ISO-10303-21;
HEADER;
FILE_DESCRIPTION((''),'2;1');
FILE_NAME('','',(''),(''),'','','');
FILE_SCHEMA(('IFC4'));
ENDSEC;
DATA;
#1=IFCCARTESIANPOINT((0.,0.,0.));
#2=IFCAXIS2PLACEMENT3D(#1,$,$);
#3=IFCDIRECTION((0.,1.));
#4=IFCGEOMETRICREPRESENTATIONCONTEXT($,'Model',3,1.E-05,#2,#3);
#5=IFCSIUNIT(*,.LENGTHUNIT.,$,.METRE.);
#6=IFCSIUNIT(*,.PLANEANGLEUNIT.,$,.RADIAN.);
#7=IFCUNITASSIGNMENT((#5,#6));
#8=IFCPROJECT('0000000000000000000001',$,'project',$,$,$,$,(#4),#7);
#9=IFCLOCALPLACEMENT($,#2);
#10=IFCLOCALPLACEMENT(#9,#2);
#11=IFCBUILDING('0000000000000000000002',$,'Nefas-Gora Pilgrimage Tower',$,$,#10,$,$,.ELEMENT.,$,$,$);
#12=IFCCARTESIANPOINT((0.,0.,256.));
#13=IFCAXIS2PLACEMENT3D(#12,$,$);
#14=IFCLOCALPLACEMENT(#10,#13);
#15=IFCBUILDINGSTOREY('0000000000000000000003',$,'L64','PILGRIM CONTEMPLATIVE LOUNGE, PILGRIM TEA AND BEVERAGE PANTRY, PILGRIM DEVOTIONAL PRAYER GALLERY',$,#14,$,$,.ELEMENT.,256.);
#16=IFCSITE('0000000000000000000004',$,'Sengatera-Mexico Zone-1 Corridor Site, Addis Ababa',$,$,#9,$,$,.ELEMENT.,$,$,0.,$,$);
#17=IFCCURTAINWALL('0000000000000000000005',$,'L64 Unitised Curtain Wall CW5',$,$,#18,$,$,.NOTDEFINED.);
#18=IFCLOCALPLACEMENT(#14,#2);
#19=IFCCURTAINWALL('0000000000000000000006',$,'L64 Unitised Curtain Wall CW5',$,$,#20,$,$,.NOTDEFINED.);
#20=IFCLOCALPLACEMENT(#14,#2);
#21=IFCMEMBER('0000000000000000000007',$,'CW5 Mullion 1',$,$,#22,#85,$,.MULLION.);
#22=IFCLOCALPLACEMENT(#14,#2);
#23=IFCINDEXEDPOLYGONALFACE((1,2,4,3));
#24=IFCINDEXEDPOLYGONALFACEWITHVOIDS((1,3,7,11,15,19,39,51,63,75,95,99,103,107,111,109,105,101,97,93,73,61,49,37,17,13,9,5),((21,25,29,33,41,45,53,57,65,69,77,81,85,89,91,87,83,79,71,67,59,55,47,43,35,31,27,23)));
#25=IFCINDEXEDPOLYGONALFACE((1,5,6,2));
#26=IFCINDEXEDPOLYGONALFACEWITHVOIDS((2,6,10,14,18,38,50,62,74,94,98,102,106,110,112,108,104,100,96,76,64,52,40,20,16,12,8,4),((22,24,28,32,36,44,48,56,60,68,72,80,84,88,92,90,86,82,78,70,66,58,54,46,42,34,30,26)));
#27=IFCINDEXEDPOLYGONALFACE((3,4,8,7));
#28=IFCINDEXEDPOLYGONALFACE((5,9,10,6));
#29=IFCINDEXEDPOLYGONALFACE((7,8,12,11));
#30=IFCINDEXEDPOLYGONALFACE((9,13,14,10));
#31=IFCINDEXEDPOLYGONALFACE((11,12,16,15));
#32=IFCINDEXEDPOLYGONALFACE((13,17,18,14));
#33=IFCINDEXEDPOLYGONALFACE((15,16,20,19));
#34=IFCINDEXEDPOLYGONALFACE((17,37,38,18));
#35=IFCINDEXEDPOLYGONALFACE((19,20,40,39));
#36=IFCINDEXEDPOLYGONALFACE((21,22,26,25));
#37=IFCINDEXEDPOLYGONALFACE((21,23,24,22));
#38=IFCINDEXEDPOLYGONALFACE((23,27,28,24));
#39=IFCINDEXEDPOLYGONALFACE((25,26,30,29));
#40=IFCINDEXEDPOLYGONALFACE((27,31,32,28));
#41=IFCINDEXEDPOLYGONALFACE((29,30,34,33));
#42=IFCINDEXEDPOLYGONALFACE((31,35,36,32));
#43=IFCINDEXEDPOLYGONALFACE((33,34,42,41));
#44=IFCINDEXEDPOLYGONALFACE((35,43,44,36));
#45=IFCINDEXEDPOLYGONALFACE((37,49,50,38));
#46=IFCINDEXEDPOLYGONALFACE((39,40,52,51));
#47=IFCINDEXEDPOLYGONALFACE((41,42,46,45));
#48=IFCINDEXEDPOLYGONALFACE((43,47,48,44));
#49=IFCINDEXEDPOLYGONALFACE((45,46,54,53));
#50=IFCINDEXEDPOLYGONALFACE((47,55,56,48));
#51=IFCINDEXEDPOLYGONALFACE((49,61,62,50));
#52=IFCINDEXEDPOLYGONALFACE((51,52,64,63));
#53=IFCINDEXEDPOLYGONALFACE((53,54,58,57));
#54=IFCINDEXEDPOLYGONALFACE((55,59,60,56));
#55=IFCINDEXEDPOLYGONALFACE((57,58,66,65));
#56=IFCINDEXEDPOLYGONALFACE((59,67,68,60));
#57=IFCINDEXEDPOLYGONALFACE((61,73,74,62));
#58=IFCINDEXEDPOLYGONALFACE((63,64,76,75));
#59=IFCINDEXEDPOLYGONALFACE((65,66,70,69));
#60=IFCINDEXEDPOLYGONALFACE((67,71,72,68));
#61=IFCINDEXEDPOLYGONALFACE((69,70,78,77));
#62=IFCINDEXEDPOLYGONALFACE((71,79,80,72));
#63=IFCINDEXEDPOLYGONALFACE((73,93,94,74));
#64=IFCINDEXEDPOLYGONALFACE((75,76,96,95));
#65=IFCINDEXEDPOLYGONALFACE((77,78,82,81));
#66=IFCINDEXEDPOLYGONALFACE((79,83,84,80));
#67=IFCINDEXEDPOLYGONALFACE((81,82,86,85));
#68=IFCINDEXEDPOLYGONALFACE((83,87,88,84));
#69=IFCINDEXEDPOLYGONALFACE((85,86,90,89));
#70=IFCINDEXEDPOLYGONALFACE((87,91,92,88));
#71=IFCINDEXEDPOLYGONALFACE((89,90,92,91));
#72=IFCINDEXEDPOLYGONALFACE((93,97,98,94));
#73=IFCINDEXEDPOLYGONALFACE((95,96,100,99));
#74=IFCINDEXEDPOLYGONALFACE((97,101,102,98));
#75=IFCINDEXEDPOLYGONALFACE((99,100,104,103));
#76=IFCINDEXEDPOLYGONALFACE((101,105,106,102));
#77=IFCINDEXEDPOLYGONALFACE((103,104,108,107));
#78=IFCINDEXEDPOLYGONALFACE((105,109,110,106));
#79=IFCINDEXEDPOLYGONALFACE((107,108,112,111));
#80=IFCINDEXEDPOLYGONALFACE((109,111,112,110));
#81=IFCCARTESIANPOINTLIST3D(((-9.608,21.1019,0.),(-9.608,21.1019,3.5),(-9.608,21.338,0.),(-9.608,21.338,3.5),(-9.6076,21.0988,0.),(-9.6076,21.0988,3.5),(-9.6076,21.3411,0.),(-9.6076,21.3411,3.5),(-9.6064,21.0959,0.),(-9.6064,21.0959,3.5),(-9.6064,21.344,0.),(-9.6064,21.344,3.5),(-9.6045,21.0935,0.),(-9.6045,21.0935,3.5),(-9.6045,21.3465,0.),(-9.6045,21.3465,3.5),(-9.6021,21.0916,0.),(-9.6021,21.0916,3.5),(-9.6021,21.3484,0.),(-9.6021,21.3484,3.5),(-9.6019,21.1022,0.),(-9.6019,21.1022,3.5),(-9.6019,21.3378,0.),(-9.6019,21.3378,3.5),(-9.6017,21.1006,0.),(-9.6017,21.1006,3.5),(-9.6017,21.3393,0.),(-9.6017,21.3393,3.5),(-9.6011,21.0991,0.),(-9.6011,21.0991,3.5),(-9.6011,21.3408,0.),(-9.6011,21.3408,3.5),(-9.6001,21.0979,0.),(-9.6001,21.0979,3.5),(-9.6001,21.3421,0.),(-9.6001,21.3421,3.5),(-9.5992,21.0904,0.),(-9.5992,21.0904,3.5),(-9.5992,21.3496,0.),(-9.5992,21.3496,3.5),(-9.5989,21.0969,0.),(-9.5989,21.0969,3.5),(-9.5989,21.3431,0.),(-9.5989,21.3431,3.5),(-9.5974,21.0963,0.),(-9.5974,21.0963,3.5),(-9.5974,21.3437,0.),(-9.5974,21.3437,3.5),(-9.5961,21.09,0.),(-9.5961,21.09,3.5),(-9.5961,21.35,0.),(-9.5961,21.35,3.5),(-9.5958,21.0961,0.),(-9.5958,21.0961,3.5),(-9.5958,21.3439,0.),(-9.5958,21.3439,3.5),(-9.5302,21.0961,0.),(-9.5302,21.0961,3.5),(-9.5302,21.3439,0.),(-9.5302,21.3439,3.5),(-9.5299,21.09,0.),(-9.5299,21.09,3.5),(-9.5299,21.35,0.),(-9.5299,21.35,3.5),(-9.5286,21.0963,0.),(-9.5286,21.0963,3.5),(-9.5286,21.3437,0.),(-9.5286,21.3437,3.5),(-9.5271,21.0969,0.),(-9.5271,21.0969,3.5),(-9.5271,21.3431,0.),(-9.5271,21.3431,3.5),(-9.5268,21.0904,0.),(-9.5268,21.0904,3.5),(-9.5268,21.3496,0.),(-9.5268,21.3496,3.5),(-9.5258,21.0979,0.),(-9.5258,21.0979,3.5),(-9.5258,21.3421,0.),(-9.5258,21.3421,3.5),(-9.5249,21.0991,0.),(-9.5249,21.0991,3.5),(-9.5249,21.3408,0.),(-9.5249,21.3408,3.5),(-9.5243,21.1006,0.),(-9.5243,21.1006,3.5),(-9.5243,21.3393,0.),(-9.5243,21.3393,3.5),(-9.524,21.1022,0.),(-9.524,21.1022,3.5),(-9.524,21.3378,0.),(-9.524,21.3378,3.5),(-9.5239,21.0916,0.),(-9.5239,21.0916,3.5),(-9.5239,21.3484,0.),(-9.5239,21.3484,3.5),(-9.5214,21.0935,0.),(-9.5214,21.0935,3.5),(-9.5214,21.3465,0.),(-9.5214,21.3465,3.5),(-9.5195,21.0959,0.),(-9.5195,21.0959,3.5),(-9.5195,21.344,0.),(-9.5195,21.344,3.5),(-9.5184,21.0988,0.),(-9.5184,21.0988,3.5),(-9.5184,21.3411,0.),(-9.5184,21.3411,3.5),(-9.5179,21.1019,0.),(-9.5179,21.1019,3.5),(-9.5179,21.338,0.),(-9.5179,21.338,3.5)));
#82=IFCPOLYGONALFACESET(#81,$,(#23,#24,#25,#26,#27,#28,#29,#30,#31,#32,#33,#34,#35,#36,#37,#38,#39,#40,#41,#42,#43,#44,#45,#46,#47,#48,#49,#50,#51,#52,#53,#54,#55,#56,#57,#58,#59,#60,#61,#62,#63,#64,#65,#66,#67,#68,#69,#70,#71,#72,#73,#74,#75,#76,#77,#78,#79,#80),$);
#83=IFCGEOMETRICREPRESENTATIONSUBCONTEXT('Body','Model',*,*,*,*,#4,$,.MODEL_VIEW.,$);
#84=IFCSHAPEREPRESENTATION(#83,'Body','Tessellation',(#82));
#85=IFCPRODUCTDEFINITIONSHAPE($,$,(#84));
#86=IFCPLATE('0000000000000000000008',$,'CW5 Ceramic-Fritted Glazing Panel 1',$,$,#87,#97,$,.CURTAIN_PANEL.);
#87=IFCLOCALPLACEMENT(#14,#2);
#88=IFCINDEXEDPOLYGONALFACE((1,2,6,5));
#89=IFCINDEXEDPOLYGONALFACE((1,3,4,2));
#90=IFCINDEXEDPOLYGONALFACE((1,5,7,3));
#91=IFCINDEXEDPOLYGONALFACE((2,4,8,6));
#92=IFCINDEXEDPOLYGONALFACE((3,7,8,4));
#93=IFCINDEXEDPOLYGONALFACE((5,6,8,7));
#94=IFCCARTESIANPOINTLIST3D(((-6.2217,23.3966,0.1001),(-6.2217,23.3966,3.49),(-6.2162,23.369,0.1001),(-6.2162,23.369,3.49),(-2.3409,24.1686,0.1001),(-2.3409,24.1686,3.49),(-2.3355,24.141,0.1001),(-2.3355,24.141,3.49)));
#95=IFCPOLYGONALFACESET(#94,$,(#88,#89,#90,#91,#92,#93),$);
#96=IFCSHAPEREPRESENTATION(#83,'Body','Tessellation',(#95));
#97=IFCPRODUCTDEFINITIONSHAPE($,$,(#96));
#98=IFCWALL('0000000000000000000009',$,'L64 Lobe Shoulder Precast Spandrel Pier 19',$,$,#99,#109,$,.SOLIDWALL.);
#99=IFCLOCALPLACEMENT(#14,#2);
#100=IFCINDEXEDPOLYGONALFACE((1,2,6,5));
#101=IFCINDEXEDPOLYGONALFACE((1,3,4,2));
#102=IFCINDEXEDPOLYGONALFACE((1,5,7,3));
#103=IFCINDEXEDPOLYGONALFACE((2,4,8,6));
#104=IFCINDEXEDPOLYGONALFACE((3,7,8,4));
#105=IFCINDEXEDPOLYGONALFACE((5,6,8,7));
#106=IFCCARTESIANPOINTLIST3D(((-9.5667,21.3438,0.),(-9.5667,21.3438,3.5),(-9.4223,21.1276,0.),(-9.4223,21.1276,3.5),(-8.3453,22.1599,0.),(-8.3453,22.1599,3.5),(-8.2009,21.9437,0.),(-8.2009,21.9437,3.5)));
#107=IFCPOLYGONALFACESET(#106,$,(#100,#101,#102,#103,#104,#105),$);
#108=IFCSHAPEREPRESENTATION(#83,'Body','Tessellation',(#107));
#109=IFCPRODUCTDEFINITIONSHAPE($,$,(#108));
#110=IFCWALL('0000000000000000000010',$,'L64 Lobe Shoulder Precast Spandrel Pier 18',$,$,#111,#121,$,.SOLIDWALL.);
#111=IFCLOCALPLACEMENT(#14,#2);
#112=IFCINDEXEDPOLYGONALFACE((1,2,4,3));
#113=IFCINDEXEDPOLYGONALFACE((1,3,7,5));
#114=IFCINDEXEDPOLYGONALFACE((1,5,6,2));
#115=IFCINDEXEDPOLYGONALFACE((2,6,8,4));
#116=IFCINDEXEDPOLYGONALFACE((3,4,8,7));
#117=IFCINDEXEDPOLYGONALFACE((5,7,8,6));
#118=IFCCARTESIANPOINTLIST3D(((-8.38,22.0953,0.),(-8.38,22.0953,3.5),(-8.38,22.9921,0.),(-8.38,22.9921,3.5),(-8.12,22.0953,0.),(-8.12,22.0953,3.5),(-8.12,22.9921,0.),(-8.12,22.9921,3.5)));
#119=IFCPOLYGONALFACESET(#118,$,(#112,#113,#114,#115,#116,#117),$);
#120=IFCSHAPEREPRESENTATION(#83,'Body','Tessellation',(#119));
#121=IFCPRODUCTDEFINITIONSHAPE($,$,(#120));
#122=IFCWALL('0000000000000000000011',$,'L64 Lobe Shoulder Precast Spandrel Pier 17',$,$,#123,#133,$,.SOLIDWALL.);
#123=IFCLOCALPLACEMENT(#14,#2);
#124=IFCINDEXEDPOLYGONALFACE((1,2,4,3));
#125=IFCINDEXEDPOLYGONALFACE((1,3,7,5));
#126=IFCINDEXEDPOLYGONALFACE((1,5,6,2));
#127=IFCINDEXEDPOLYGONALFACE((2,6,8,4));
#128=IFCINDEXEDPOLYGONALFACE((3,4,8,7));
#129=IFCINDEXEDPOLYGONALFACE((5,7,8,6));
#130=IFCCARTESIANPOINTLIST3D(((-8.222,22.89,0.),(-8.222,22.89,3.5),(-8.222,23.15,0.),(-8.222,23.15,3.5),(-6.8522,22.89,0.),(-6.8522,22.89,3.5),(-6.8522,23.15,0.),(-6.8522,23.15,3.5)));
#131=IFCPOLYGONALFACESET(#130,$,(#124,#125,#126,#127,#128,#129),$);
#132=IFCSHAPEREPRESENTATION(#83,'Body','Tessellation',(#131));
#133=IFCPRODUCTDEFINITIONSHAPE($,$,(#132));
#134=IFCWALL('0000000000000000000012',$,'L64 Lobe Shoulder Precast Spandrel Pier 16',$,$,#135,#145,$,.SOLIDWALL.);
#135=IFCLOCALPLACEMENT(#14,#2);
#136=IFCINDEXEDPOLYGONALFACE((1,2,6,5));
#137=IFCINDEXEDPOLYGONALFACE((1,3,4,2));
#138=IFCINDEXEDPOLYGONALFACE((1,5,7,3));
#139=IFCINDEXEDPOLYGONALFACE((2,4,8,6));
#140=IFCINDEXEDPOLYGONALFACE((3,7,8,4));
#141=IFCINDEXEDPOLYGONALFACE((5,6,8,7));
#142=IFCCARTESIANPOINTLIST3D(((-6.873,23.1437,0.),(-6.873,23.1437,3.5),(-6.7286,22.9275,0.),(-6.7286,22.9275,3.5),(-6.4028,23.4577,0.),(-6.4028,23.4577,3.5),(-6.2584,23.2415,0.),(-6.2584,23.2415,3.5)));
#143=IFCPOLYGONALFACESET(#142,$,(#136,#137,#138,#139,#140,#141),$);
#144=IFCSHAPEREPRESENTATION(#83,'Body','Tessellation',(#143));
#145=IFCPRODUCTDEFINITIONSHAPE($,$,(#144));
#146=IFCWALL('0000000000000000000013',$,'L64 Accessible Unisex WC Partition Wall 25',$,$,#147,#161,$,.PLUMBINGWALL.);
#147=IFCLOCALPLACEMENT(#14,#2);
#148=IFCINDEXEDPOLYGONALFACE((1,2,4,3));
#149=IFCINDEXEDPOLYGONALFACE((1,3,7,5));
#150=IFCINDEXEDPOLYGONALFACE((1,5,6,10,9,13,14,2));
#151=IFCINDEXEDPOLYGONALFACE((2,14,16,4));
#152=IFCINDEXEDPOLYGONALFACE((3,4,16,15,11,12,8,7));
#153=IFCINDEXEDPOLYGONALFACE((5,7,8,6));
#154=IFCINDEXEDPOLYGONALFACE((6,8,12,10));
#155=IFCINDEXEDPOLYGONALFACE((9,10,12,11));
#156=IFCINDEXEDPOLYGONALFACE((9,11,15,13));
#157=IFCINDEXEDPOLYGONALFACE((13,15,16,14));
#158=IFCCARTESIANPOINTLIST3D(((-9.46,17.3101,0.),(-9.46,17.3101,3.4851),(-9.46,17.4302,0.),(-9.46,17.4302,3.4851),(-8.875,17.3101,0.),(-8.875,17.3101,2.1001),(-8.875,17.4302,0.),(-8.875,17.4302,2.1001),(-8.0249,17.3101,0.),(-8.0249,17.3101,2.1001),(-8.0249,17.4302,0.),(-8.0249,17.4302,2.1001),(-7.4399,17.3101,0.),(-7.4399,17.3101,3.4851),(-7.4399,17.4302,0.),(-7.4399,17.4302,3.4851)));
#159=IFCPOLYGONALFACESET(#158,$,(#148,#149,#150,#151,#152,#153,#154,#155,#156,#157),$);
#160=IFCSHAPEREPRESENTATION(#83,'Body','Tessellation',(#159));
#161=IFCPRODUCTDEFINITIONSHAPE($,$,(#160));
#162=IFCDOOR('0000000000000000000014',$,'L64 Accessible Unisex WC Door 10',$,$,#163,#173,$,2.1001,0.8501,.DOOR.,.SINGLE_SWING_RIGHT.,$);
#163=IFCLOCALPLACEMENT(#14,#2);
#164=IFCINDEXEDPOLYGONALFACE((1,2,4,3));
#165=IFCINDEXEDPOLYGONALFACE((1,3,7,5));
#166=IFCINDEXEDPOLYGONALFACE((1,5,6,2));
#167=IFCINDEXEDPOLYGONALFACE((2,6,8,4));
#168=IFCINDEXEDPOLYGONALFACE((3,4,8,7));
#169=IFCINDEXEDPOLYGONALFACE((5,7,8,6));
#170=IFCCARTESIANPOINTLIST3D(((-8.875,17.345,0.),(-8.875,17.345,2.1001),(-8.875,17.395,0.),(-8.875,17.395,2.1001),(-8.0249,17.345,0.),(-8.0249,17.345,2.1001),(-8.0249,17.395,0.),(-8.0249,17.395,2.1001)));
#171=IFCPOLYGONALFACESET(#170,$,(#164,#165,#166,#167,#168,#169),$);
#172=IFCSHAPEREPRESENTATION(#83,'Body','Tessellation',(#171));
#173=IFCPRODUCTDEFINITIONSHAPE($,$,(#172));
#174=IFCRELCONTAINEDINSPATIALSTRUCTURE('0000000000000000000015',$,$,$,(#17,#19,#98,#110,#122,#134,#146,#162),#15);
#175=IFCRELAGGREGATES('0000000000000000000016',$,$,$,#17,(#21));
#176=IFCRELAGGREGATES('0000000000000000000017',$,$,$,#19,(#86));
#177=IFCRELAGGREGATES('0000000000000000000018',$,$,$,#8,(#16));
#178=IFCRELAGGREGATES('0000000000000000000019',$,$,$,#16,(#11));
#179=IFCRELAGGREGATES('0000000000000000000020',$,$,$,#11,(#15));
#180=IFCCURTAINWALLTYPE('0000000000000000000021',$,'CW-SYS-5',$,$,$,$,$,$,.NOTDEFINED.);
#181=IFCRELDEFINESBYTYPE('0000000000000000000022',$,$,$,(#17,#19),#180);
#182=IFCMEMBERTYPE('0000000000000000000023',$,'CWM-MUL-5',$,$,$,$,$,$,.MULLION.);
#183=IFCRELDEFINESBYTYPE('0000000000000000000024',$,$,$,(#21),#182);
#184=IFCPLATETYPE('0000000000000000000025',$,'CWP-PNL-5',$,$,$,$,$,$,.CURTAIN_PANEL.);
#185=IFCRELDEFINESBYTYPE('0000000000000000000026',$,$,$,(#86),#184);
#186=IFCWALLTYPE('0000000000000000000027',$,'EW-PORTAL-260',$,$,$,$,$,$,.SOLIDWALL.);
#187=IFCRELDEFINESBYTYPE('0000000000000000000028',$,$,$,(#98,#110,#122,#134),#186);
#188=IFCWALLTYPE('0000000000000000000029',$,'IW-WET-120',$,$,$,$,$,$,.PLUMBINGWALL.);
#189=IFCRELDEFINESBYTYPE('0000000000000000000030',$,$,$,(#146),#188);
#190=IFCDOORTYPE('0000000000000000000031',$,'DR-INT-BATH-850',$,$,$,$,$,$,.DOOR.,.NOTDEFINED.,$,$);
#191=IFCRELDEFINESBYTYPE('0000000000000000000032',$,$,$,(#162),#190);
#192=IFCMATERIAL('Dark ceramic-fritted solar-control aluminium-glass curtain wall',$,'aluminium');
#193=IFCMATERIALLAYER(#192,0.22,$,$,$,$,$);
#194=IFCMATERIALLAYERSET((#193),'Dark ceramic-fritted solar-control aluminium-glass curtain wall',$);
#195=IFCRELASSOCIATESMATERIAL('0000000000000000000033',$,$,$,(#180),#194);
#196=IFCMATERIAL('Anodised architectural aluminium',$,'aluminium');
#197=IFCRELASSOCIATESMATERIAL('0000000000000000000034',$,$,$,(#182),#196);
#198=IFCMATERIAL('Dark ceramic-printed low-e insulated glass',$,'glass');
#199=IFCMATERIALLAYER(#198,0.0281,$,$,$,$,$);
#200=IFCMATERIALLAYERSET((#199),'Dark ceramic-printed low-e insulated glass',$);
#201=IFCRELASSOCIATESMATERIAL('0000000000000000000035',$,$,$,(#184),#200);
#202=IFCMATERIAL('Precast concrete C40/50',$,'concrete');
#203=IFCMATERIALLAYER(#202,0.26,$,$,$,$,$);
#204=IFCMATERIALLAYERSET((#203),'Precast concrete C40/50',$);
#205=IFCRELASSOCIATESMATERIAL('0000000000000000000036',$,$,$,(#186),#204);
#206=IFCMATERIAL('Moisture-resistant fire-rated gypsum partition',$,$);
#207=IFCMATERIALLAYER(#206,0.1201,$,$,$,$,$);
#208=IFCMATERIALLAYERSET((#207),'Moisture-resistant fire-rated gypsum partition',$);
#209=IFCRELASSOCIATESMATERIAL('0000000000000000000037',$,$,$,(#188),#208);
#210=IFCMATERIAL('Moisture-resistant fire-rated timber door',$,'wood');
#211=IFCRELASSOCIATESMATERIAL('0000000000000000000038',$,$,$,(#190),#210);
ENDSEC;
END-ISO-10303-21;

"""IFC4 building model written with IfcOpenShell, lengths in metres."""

from ifc_helpers import new_model, si_unit, direction, frame, frame_2d, origin, origin_2d, place, context, subcontext, project, spatial, rectangle, hollow_rectangle, extrude, source, transform, mapped, material, layer, layer_set, material_profile, profile_set, type_object, element, fill, aggregate, save


model = new_model("IFC4")

# Units and contexts
model_context = context("Model", 3, precision=1e-05, world=origin(), true_north=direction((0.0, 1.0)))
body_context = subcontext(model_context, "Body", "Model", "MODEL_VIEW")
ifc_project = project(units=[si_unit("LENGTHUNIT", "METRE"), si_unit("PLANEANGLEUNIT", "RADIAN")], contexts=[model_context])

# Site, building, storey
site_placement = place(None, origin())
site = spatial("IfcSite", under=ifc_project, at=site_placement, Name="Sengatera-Mexico Zone-1 Corridor Site, Addis Ababa", CompositionType="ELEMENT", RefElevation=0.0)
building_placement = place(site_placement, origin())
building = spatial("IfcBuilding", under=site, at=building_placement, Name="Nefas-Gora Pilgrimage Tower", CompositionType="ELEMENT")
storey_placement = place(building_placement, frame((0.0, 0.0, 256.0)))
storey = spatial("IfcBuildingStorey", under=building, at=storey_placement, Name="L64", Description="PILGRIM CONTEMPLATIVE LOUNGE, PILGRIM TEA AND BEVERAGE PANTRY, PILGRIM DEVOTIONAL PRAYER GALLERY", CompositionType="ELEMENT", Elevation=256.0)

# Curtain wall
ifc_material_1 = material(Name="Dark ceramic-fritted solar-control aluminium-glass curtain wall", Category="aluminium")
ifc_layer_1 = layer(ifc_material_1, 0.22)
ifc_layer_set_1 = layer_set([ifc_layer_1], Name="Dark ceramic-fritted solar-control aluminium-glass curtain wall")
curtain_wall_type = type_object("IfcCurtainWallType", Name="CW-SYS-5", PredefinedType="NOTDEFINED", material=ifc_layer_set_1)
curtain_wall_1_placement = place(storey_placement, origin())
curtain_wall_1 = element("IfcCurtainWall", 1, at=curtain_wall_1_placement, inside=storey, type_object=curtain_wall_type, Name="L64 Unitised Curtain Wall CW5", PredefinedType="NOTDEFINED")
ifc_material_2 = material(Name="Anodised architectural aluminium", Category="aluminium")

# Curtain wall
curtain_wall_2_placement = place(storey_placement, origin())
curtain_wall_2 = element("IfcCurtainWall", 2, at=curtain_wall_2_placement, inside=storey, type_object=curtain_wall_type, Name="L64 Unitised Curtain Wall CW5", PredefinedType="NOTDEFINED")
ifc_material_profile_1 = material_profile(ifc_material_2, hollow_rectangle(XDim=0.0901, YDim=0.26, WallThickness=0.0061, InnerFilletRadius=0.0061, OuterFilletRadius=0.012, at=origin_2d()), Name="ALU MULLION 90x260")
ifc_profile_set_1 = profile_set([ifc_material_profile_1], Name="Anodised architectural aluminium")
member_type_1 = type_object("IfcMemberType", Name="CWM-MUL-5", PredefinedType="MULLION", material=ifc_profile_set_1)
shared_shape_1 = source(origin(), body_context, "Body", "SweptSolid", [
    extrude(hollow_rectangle(XDim=0.0901, YDim=0.26, WallThickness=0.0061, InnerFilletRadius=0.0061, OuterFilletRadius=0.012, at=origin_2d()), origin(), (0.0, 0.0, 1.0), 3.5),
])

# Member
member_1_placement = place(storey_placement, frame((-9.563, 21.22, 0.0), z_axis=(0.0, 0.0, 1.0), x_axis=(-1.0, 0.0, 0.0)))
member_1 = element("IfcMember", 3, at=member_1_placement, type_object=member_type_1, Name="CW5 Mullion 1", PredefinedType="MULLION", context=body_context, shape_type="MappedRepresentation", body=[
    mapped(shared_shape_1, transform((0.0, 0.0, 0.0), x_axis=(1.0, 0.0, 0.0), y_axis=(0.0, 1.0, 0.0), z_axis=(0.0, 0.0, 1.0), scale=1.0)),
])
aggregate(curtain_wall_1, [member_1])

# Plate
ifc_material_3 = material(Name="Dark ceramic-printed low-e insulated glass", Category="glass")
ifc_layer_2 = layer(ifc_material_3, 0.0281)
ifc_layer_set_2 = layer_set([ifc_layer_2], Name="Dark ceramic-printed low-e insulated glass")
plate_type = type_object("IfcPlateType", Name="CWP-PNL-5", PredefinedType="CURTAIN_PANEL", material=ifc_layer_set_2)
shared_shape_2 = source(origin(), body_context, "Body", "SweptSolid", [
    extrude(rectangle(XDim=3.9568, YDim=0.0281, at=origin_2d()), origin(), (0.0, 0.0, 1.0), 3.3899),
])
plate_placement = place(storey_placement, frame((-4.2786, 23.7688, 0.1001), z_axis=(0.0, 0.0, 1.0), x_axis=(-0.980783, -0.195102, 0.0)))
plate = element("IfcPlate", 4, at=plate_placement, type_object=plate_type, Name="CW5 Ceramic-Fritted Glazing Panel 1", PredefinedType="CURTAIN_PANEL", context=body_context, shape_type="MappedRepresentation", body=[
    mapped(shared_shape_2, transform((0.0, 0.0, 0.0), x_axis=(1.0, 0.0, 0.0), y_axis=(0.0, 1.0, 0.0), z_axis=(0.0, 0.0, 1.0), scale=1.0)),
])
aggregate(curtain_wall_2, [plate])

# Walls
ifc_material_4 = material(Name="Precast concrete C40/50", Category="concrete")
ifc_layer_3 = layer(ifc_material_4, 0.26)
ifc_layer_set_3 = layer_set([ifc_layer_3], Name="Precast concrete C40/50")
wall_type_1 = type_object("IfcWallType", Name="EW-PORTAL-260", PredefinedType="SOLIDWALL", material=ifc_layer_set_3)
shared_shape_3 = source(origin(), body_context, "Body", "SweptSolid", [
    extrude(rectangle(XDim=1.469, YDim=0.26, at=frame_2d((0.7344, 0.0))), origin(), (0.0, 0.0, 1.0), 3.5),
])
wall_1_placement = place(storey_placement, frame((-8.2732, 22.0518, 0.0), z_axis=(0.0, 0.0, 1.0), x_axis=(-0.831462, -0.555582, 0.0)))
element("IfcWall", 5, at=wall_1_placement, inside=storey, type_object=wall_type_1, Name="L64 Lobe Shoulder Precast Spandrel Pier 19", PredefinedType="SOLIDWALL", context=body_context, shape_type="MappedRepresentation", body=[
    mapped(shared_shape_3, transform((0.0, 0.0, 0.0), x_axis=(1.0, 0.0, 0.0), y_axis=(0.0, 1.0, 0.0), z_axis=(0.0, 0.0, 1.0), scale=1.0)),
])
shared_shape_4 = source(origin(), body_context, "Body", "SweptSolid", [
    extrude(rectangle(XDim=0.8967, YDim=0.26, at=frame_2d((0.4482, 0.0))), origin(), (0.0, 0.0, 1.0), 3.5),
])
wall_2_placement = place(storey_placement, frame((-8.25, 22.9919, 0.0), z_axis=(0.0, 0.0, 1.0), x_axis=(0.0, -1.0, 0.0)))
element("IfcWall", 6, at=wall_2_placement, inside=storey, type_object=wall_type_1, Name="L64 Lobe Shoulder Precast Spandrel Pier 18", PredefinedType="SOLIDWALL", context=body_context, shape_type="MappedRepresentation", body=[
    mapped(shared_shape_4, transform((0.0, 0.0, 0.0), x_axis=(1.0, 0.0, 0.0), y_axis=(0.0, 1.0, 0.0), z_axis=(0.0, 0.0, 1.0), scale=1.0)),
])
shared_shape_5 = source(origin(), body_context, "Body", "SweptSolid", [
    extrude(rectangle(XDim=1.3699, YDim=0.26, at=frame_2d((0.6851, 0.0))), origin(), (0.0, 0.0, 1.0), 3.5),
])
wall_3_placement = place(storey_placement, frame((-6.8521, 23.02, 0.0), z_axis=(0.0, 0.0, 1.0), x_axis=(-1.0, 0.0, 0.0)))
element("IfcWall", 7, at=wall_3_placement, inside=storey, type_object=wall_type_1, Name="L64 Lobe Shoulder Precast Spandrel Pier 17", PredefinedType="SOLIDWALL", context=body_context, shape_type="MappedRepresentation", body=[
    mapped(shared_shape_5, transform((0.0, 0.0, 0.0), x_axis=(1.0, 0.0, 0.0), y_axis=(0.0, 1.0, 0.0), z_axis=(0.0, 0.0, 1.0), scale=1.0)),
])
shared_shape_6 = source(origin(), body_context, "Body", "SweptSolid", [
    extrude(rectangle(XDim=0.5654, YDim=0.26, at=frame_2d((0.2827, 0.0))), origin(), (0.0, 0.0, 1.0), 3.5),
])
wall_4_placement = place(storey_placement, frame((-6.3306, 23.3496, 0.0), z_axis=(0.0, 0.0, 1.0), x_axis=(-0.831651, -0.555298, 0.0)))
element("IfcWall", 8, at=wall_4_placement, inside=storey, type_object=wall_type_1, Name="L64 Lobe Shoulder Precast Spandrel Pier 16", PredefinedType="SOLIDWALL", context=body_context, shape_type="MappedRepresentation", body=[
    mapped(shared_shape_6, transform((0.0, 0.0, 0.0), x_axis=(1.0, 0.0, 0.0), y_axis=(0.0, 1.0, 0.0), z_axis=(0.0, 0.0, 1.0), scale=1.0)),
])

# Wall, opening, door
ifc_material_5 = material(Name="Moisture-resistant fire-rated gypsum partition")
ifc_layer_4 = layer(ifc_material_5, 0.1201)
ifc_layer_set_4 = layer_set([ifc_layer_4], Name="Moisture-resistant fire-rated gypsum partition")
wall_type_2 = type_object("IfcWallType", Name="IW-WET-120", PredefinedType="PLUMBINGWALL", material=ifc_layer_set_4)
shared_shape_7 = source(origin(), body_context, "Body", "SweptSolid", [
    extrude(rectangle(XDim=2.02, YDim=0.1201, at=frame_2d((1.01, 0.0))), origin(), (0.0, 0.0, 1.0), 3.4851),
])
wall_5_placement = place(storey_placement, frame((-9.46, 17.3701, 0.0), z_axis=(0.0, 0.0, 1.0), x_axis=(1.0, 0.0, 0.0)))
wall_5 = element("IfcWall", 9, at=wall_5_placement, inside=storey, type_object=wall_type_2, Name="L64 Accessible Unisex WC Partition Wall 25", PredefinedType="PLUMBINGWALL", context=body_context, shape_type="MappedRepresentation", body=[
    mapped(shared_shape_7, transform((0.0, 0.0, 0.0), x_axis=(1.0, 0.0, 0.0), y_axis=(0.0, 1.0, 0.0), z_axis=(0.0, 0.0, 1.0), scale=1.0)),
])
opening_1_placement = place(wall_5_placement, frame((0.585, 0.0, 0.0)))
opening_1 = element("IfcOpeningElement", 10, at=opening_1_placement, cuts=wall_5, PredefinedType="OPENING", context=body_context, shape_type="SweptSolid", body=[
    extrude(rectangle(XDim=0.8501, YDim=2.1001, at=frame_2d((0.425, 1.05))), frame((0.0, 0.0701, 0.0), z_axis=(0.0, -1.0, 0.0), x_axis=(1.0, 0.0, 0.0)), (0.0, 0.0, 1.0), 0.1401),
])
ifc_material_6 = material(Name="Moisture-resistant fire-rated timber door", Category="wood")
door_type_1 = type_object("IfcDoorType", Name="DR-INT-BATH-850", OperationType="NOTDEFINED", PredefinedType="DOOR", material=ifc_material_6)
shared_shape_8 = source(origin(), body_context, "Body", "SweptSolid", [
    extrude(rectangle(XDim=0.8501, YDim=2.1001, at=frame_2d((0.425, 1.05))), frame((0.0, 0.0249, 0.0), z_axis=(0.0, -1.0, 0.0), x_axis=(1.0, 0.0, 0.0)), (0.0, 0.0, 1.0), 0.05),
])
door_1_placement = place(opening_1_placement, origin())
door_1 = element("IfcDoor", 11, at=door_1_placement, inside=storey, type_object=door_type_1, Name="L64 Accessible Unisex WC Door 10", OperationType="SINGLE_SWING_RIGHT", OverallHeight=2.1001, OverallWidth=0.8501, PredefinedType="DOOR", context=body_context, shape_type="MappedRepresentation", body=[
    mapped(shared_shape_8, transform((0.0, 0.0, 0.0), x_axis=(1.0, 0.0, 0.0), y_axis=(0.0, 1.0, 0.0), z_axis=(0.0, 0.0, 1.0), scale=1.0)),
])
fill(opening_1, door_1)

save(model, "model.ifc")
